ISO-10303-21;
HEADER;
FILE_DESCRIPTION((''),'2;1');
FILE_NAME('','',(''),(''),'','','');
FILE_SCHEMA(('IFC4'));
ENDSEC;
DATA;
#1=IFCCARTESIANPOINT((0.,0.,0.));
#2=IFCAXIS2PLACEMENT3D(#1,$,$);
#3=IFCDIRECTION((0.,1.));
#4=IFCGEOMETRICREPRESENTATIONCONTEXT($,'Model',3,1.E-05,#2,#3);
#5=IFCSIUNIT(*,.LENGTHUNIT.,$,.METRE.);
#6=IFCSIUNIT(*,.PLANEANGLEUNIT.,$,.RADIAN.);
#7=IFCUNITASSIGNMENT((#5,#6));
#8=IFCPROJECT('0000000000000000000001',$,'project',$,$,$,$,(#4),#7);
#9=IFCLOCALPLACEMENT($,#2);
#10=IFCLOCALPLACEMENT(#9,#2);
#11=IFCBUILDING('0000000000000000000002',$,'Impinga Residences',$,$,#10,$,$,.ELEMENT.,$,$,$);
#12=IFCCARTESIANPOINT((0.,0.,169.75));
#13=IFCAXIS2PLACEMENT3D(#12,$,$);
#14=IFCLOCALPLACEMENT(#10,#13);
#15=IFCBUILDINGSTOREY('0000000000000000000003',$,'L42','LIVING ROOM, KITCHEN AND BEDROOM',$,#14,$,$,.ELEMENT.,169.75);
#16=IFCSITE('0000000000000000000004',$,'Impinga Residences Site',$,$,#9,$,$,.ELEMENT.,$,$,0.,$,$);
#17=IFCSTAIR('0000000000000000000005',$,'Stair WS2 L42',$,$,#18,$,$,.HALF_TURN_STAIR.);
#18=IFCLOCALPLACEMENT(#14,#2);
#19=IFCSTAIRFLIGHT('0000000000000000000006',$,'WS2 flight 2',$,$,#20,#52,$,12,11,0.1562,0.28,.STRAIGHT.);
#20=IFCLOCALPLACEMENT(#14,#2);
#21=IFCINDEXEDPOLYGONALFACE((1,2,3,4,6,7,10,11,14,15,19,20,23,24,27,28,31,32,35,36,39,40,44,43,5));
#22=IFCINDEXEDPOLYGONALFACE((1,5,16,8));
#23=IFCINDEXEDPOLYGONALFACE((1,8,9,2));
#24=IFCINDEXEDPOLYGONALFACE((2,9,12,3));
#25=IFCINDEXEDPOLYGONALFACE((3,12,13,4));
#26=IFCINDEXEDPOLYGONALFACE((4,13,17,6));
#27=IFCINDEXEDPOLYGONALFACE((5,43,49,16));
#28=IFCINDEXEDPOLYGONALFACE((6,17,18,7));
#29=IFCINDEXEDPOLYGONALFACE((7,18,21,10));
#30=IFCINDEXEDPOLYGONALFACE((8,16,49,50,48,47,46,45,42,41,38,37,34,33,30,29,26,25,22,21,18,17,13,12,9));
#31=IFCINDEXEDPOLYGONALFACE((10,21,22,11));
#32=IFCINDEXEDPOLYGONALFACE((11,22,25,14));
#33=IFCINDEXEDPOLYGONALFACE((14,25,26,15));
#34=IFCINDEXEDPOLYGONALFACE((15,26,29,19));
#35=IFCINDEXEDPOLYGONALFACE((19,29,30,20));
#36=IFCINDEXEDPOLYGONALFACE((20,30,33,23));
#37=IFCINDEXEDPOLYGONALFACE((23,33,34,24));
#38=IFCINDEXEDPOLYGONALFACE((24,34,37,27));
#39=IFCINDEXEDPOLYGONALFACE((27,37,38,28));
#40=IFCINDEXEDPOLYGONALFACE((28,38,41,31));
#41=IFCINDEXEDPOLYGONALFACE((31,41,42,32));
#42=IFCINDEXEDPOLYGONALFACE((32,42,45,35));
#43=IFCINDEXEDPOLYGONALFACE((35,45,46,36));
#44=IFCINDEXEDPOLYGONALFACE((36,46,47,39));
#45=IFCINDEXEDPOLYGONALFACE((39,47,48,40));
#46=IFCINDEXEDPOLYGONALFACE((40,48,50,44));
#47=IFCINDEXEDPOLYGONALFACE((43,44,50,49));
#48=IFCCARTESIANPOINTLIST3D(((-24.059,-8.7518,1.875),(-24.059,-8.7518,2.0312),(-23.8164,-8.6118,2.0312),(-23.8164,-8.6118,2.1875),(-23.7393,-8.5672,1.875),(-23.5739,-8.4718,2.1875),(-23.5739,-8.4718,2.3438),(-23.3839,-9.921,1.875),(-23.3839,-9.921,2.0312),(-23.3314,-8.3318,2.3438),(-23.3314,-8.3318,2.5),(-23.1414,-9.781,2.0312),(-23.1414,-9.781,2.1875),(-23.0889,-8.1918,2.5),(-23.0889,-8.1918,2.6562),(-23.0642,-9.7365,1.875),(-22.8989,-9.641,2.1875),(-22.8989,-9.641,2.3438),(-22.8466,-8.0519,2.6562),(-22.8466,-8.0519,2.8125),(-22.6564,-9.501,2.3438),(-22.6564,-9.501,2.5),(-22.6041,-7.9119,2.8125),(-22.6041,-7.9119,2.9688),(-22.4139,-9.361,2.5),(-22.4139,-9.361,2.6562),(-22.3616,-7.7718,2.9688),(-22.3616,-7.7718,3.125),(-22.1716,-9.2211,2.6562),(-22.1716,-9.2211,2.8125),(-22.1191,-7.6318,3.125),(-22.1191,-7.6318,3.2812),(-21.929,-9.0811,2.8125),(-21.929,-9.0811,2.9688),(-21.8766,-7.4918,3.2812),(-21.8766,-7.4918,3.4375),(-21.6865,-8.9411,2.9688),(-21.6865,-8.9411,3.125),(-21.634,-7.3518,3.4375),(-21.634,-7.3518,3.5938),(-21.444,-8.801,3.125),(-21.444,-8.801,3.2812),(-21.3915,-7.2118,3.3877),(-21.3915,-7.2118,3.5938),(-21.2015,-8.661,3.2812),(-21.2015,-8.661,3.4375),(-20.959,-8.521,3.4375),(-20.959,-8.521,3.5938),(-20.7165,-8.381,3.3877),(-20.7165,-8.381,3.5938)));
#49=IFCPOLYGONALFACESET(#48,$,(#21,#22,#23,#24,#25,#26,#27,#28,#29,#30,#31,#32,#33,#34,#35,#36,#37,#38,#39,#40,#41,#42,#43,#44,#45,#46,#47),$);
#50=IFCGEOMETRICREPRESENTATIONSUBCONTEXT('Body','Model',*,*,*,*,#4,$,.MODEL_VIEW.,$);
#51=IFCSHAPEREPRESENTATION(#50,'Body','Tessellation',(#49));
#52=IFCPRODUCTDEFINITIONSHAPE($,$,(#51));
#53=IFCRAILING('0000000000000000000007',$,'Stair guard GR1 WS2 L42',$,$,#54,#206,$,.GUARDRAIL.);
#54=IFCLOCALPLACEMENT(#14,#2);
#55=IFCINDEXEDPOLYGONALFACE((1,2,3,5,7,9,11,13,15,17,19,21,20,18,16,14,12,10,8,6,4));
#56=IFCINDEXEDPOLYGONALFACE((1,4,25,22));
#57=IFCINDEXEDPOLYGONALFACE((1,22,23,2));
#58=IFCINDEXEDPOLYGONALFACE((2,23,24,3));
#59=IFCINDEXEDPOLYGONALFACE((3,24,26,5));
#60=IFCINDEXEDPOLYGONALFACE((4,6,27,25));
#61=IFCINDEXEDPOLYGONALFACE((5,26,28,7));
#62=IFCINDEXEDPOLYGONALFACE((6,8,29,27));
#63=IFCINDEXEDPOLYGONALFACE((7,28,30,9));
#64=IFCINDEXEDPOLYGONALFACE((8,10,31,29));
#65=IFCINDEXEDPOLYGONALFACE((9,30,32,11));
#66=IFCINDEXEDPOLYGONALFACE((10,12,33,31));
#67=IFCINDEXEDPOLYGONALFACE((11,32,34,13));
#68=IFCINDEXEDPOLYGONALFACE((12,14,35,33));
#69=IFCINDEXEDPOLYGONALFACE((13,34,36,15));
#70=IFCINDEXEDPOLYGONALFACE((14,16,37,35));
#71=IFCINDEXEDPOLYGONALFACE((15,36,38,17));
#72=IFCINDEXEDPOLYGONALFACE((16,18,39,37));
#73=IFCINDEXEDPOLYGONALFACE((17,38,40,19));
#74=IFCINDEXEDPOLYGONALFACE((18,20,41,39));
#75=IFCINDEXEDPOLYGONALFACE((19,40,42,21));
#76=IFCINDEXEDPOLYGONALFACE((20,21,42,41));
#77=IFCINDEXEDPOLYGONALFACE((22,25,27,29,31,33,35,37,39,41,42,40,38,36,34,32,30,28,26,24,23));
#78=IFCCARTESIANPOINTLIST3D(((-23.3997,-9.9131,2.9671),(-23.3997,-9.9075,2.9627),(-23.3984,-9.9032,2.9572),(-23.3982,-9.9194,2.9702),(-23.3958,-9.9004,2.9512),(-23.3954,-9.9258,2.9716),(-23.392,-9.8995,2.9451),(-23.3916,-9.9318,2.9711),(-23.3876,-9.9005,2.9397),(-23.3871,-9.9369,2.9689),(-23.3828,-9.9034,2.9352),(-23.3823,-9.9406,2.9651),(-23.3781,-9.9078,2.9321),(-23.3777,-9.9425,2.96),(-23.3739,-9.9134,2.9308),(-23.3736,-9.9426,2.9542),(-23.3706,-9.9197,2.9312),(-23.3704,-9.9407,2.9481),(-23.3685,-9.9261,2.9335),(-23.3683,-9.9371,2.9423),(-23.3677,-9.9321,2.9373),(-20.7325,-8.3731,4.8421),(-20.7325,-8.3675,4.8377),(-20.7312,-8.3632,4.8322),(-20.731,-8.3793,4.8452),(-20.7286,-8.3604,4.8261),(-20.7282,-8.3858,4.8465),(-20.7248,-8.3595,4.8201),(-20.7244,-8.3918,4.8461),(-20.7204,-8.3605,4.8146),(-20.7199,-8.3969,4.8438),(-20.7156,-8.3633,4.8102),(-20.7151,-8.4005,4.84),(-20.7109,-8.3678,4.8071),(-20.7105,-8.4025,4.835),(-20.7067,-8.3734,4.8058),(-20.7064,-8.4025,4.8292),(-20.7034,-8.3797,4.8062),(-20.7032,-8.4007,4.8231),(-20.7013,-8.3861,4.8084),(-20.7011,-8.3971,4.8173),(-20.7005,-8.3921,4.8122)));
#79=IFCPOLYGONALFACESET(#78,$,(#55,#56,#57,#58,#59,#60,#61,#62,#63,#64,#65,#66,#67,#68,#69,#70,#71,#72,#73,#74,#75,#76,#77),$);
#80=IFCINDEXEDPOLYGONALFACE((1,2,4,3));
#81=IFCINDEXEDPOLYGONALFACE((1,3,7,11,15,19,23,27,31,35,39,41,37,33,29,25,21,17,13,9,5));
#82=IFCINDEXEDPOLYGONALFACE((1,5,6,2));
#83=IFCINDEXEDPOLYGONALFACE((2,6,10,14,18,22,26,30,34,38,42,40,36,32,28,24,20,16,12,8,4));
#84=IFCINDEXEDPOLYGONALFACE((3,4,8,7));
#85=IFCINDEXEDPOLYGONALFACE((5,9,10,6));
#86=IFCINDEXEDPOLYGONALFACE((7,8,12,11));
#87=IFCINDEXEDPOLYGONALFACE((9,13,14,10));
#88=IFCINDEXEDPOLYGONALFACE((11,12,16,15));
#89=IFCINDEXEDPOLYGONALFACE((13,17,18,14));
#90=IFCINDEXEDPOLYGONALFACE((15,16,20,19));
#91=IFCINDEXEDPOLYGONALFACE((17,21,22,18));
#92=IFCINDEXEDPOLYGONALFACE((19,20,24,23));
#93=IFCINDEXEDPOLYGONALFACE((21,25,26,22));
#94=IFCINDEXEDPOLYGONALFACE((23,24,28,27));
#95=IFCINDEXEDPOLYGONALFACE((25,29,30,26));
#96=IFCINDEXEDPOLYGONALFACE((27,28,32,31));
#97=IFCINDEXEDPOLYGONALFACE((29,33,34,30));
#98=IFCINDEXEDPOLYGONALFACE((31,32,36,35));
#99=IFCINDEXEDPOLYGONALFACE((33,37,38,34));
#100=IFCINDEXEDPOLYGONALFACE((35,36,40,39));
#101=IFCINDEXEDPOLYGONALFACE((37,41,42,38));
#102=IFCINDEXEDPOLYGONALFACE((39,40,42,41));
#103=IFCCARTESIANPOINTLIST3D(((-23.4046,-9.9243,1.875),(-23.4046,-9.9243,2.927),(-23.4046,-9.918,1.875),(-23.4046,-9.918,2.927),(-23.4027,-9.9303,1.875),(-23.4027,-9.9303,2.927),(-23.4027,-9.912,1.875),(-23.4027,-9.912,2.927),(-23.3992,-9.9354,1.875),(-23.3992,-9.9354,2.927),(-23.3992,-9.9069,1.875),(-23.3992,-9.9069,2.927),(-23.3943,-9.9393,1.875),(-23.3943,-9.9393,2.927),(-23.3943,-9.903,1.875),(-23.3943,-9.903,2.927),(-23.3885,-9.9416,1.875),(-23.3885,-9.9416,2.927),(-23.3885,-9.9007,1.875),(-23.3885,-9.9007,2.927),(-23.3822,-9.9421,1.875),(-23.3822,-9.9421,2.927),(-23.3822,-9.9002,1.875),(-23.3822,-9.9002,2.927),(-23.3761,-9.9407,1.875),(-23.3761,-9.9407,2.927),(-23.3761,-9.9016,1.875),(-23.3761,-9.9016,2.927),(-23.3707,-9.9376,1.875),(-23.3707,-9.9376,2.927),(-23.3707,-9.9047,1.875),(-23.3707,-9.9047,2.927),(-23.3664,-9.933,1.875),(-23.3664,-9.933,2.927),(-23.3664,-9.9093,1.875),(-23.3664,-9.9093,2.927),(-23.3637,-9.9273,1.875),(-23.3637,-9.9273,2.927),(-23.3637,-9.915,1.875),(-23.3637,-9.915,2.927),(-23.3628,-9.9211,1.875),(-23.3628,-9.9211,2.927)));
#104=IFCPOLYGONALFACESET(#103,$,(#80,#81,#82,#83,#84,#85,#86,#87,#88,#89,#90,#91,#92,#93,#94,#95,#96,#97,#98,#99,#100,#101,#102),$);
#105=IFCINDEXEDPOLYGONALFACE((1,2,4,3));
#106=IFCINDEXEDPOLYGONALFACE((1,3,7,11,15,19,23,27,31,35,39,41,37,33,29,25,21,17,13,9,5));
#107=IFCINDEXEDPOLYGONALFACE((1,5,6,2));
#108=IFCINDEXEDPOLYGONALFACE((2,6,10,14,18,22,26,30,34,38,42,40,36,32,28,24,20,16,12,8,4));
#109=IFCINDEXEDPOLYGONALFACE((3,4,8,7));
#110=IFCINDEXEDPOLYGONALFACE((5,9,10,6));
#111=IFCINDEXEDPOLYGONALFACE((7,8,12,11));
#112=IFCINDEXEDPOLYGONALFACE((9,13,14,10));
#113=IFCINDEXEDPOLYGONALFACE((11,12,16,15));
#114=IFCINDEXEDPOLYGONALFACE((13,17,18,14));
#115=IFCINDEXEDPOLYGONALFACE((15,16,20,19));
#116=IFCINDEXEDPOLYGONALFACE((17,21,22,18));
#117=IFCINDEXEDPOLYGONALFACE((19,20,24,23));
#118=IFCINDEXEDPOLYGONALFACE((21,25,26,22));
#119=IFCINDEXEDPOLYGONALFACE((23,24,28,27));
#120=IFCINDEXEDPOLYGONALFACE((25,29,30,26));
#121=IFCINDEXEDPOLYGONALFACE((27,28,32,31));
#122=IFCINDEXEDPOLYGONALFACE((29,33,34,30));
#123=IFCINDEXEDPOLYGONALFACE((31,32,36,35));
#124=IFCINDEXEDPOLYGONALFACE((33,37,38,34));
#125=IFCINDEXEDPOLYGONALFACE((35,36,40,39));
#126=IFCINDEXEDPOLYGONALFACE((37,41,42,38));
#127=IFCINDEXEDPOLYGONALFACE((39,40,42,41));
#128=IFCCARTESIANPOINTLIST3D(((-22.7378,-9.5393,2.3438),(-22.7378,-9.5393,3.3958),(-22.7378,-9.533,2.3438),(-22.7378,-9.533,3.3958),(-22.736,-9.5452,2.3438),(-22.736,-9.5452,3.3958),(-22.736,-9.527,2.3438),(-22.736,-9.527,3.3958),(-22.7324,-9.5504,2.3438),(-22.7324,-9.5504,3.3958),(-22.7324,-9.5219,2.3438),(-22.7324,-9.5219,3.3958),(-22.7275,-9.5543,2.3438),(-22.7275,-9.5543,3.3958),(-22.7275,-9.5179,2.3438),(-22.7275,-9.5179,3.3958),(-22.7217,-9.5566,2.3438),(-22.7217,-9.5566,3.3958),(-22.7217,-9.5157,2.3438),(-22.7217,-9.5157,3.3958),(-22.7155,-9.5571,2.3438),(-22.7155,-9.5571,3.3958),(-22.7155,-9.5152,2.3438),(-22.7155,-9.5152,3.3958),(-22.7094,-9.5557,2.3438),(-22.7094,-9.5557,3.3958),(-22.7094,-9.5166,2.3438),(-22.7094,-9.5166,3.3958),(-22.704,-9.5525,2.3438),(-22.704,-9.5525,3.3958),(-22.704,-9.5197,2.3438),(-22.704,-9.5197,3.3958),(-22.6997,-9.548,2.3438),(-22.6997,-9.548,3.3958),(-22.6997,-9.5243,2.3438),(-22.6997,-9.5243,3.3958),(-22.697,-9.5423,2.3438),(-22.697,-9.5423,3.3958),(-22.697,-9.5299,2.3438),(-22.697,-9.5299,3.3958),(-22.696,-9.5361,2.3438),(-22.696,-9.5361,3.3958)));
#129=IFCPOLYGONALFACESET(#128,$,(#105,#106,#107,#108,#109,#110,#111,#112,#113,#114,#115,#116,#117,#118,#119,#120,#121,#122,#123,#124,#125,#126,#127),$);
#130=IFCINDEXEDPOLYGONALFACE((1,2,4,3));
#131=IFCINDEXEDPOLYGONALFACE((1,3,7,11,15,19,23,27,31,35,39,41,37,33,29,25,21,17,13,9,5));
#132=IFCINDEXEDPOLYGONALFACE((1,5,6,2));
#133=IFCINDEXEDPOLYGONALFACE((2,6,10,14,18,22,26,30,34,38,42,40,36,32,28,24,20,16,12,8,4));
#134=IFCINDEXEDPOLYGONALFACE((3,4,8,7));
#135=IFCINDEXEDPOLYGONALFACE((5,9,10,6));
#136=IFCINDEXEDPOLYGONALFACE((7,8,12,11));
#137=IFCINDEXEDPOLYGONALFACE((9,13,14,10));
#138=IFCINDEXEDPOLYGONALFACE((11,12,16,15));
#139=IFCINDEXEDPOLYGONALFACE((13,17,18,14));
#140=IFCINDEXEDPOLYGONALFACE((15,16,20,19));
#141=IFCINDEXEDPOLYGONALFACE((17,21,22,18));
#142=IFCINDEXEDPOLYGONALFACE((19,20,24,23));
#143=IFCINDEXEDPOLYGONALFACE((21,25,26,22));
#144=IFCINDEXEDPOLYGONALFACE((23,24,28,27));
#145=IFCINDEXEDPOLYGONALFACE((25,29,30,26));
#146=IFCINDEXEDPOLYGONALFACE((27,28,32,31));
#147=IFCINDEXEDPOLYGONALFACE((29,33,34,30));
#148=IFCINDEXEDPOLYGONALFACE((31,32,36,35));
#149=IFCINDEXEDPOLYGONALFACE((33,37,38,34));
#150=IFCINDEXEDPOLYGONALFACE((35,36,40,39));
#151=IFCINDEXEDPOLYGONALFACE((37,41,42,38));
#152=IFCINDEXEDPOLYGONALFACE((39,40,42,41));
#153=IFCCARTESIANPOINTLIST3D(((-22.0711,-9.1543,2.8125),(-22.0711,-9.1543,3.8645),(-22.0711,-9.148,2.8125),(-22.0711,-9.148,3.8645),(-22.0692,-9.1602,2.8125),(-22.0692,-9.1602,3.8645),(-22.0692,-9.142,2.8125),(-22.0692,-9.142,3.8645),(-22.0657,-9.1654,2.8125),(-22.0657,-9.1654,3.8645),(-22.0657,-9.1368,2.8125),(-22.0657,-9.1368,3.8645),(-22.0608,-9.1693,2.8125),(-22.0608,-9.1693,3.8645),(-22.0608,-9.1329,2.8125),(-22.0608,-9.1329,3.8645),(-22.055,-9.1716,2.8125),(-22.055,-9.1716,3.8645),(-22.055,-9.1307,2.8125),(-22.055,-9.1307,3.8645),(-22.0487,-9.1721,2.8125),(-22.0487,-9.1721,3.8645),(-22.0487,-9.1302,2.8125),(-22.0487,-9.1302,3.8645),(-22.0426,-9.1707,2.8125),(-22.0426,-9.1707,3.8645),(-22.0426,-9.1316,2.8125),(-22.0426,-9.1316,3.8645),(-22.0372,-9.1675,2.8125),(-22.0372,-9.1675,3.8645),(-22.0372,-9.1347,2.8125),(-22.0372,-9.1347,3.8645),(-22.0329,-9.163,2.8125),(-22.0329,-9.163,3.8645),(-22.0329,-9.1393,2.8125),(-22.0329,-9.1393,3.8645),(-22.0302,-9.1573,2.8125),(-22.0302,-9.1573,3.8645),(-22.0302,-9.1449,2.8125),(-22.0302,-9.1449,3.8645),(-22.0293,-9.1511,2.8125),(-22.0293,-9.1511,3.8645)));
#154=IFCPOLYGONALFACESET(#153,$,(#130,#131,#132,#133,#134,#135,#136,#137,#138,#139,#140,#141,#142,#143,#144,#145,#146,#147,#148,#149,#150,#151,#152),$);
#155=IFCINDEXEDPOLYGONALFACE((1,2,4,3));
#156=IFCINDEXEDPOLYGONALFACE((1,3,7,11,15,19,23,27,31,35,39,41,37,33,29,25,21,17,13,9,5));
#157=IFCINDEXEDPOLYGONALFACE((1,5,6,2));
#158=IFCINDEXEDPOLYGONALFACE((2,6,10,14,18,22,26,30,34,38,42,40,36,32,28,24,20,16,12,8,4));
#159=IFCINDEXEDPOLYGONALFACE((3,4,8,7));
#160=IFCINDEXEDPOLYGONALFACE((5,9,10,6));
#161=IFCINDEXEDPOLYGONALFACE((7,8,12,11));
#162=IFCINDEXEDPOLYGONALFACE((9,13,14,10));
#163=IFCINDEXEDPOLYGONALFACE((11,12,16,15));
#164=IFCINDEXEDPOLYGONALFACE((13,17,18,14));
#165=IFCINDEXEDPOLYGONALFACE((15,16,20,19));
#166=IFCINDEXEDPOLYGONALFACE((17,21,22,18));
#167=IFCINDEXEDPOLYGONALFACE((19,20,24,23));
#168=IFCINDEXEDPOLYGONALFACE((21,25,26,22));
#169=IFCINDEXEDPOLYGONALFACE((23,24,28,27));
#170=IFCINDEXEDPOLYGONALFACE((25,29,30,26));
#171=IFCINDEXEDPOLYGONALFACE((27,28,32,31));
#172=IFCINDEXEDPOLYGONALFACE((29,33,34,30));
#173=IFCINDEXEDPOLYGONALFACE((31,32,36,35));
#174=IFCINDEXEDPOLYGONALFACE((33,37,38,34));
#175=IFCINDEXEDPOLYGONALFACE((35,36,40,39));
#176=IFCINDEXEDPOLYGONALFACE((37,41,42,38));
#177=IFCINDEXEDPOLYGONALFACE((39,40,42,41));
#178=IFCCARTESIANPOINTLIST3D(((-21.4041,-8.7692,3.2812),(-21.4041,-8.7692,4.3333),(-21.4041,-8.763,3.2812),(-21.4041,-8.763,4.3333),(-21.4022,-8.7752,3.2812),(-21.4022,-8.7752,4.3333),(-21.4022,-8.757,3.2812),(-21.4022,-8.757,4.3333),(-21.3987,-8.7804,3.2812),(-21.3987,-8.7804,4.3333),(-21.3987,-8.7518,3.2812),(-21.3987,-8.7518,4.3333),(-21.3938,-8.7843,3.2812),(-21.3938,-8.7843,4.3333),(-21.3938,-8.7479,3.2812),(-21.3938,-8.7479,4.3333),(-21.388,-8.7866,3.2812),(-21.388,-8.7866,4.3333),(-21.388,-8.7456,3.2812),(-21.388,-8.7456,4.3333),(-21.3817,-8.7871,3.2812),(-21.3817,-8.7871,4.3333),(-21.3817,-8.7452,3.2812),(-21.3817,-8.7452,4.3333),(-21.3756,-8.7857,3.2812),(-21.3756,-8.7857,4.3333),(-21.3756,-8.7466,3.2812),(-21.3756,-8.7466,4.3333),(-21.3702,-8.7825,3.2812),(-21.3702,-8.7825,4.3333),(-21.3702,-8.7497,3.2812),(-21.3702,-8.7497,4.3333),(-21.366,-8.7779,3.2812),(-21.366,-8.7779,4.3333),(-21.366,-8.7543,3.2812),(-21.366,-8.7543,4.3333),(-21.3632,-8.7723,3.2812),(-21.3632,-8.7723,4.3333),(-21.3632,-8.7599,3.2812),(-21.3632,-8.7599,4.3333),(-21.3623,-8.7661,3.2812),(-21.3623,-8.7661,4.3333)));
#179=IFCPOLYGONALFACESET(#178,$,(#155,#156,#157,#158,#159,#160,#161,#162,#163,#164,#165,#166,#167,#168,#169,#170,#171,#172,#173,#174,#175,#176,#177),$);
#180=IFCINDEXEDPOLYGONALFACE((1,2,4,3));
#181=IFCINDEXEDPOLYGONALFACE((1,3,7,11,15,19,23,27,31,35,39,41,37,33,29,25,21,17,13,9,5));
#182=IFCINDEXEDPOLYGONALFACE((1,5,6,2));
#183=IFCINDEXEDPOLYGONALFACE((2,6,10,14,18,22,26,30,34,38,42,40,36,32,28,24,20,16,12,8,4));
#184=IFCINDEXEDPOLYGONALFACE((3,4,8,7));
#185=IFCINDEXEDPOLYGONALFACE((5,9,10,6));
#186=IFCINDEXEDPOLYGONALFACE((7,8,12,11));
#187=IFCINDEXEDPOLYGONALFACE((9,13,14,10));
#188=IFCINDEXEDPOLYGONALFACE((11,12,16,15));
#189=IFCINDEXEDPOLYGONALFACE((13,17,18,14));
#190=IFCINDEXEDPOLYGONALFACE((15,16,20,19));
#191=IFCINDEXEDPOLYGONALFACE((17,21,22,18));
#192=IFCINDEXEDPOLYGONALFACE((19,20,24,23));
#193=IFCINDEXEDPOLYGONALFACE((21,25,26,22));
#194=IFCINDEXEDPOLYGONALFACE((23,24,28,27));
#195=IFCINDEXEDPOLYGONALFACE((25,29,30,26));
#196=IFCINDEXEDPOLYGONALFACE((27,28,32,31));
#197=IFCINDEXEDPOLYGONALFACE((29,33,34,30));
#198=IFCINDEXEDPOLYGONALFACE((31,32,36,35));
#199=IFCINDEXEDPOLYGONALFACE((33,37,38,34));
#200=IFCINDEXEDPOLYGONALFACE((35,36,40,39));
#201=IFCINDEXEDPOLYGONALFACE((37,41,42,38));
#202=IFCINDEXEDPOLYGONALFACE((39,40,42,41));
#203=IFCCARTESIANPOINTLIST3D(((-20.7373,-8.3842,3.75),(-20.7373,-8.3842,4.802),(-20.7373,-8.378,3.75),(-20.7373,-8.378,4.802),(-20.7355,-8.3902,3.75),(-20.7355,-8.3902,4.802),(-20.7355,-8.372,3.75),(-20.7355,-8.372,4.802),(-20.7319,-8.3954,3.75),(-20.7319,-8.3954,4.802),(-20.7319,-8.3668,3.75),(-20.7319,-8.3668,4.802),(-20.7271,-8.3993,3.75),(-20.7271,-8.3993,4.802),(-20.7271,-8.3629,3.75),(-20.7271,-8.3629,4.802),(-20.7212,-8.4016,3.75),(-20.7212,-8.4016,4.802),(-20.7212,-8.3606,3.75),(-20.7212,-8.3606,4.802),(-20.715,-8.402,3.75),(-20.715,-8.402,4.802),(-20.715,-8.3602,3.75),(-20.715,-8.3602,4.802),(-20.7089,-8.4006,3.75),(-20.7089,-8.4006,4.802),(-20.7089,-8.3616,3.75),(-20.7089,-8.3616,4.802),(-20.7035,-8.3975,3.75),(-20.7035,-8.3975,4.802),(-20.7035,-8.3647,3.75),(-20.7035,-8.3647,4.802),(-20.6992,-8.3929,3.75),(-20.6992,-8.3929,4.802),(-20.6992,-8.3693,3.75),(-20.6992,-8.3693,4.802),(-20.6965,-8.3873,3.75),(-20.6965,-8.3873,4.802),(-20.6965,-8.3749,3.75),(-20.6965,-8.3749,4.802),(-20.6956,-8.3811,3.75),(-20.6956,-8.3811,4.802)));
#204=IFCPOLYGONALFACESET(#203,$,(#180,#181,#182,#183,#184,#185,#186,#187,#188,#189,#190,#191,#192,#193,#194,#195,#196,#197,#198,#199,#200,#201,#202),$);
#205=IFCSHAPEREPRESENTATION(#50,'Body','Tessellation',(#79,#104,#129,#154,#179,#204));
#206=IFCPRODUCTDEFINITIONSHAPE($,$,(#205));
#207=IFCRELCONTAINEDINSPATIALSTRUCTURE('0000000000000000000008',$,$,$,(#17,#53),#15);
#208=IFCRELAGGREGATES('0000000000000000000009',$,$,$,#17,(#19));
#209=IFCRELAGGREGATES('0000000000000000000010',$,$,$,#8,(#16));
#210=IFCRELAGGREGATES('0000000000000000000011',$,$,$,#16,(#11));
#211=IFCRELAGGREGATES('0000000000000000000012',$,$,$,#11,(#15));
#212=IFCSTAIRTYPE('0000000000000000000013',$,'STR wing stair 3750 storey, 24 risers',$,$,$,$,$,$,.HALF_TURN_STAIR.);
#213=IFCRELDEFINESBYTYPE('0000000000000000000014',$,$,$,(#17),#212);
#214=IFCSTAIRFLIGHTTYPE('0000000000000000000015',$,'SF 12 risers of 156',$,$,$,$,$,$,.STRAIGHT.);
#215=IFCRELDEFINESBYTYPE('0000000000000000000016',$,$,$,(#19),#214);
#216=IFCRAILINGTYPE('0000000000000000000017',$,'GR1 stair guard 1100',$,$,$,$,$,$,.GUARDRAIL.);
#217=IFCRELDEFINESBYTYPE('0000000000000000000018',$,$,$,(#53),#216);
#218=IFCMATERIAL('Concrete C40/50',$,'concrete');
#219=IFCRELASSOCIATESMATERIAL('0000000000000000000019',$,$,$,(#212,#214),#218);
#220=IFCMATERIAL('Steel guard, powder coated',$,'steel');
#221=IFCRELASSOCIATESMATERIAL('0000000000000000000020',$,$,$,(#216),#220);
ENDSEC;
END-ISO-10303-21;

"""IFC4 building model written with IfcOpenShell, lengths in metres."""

from ifc_helpers import new_model, si_unit, direction, frame, origin, origin_2d, place, context, subcontext, project, spatial, polyline, circle, outline, extrude, material, type_object, element, aggregate, save


model = new_model("IFC4")

# Units and contexts
model_context = context("Model", 3, precision=1e-05, world=origin(), true_north=direction((0.0, 1.0)))
body_context = subcontext(model_context, "Body", "Model", "MODEL_VIEW")
ifc_project = project(units=[si_unit("LENGTHUNIT", "METRE"), si_unit("PLANEANGLEUNIT", "RADIAN")], contexts=[model_context])

# Site, building, storey
site_placement = place(None, origin())
site = spatial("IfcSite", under=ifc_project, at=site_placement, Name="Impinga Residences Site", CompositionType="ELEMENT", RefElevation=0.0)
building_placement = place(site_placement, origin())
building = spatial("IfcBuilding", under=site, at=building_placement, Name="Impinga Residences", CompositionType="ELEMENT")
storey_placement = place(building_placement, frame((0.0, 0.0, 169.75)))
storey = spatial("IfcBuildingStorey", under=building, at=storey_placement, Name="L42", Description="LIVING ROOM, KITCHEN AND BEDROOM", CompositionType="ELEMENT", Elevation=169.75)

# Stair, stair flight
ifc_material_1 = material(Name="Concrete C40/50", Category="concrete")
stair_type = type_object("IfcStairType", Name="STR wing stair 3750 storey, 24 risers", PredefinedType="HALF_TURN_STAIR", material=ifc_material_1)
stair_placement = place(storey_placement, origin())
stair = element("IfcStair", 1, at=stair_placement, inside=storey, type_object=stair_type, Name="Stair WS2 L42", PredefinedType="HALF_TURN_STAIR")
stair_flight_type = type_object("IfcStairFlightType", Name="SF 12 risers of 156", PredefinedType="STRAIGHT", material=ifc_material_1)
stair_flight_placement = place(storey_placement, frame((-23.7214, -9.3364, 1.875), z_axis=(0.0, 0.0, 1.0), x_axis=(0.866025, 0.5, 0.0)))
stair_flight = element("IfcStairFlight", 2, at=stair_flight_placement, type_object=stair_flight_type, Name="WS2 flight 2", NumberOfRisers=12, NumberOfTreads=11, PredefinedType="STRAIGHT", RiserHeight=0.1562, TreadLength=0.28, context=body_context, shape_type="SweptSolid", body=[
    extrude(outline(polyline([(0.0, 0.0), (0.0, 0.1562), (0.28, 0.1562), (0.28, 0.3125), (0.5601, 0.3125), (0.5601, 0.4688), (0.8401, 0.4688), (0.8401, 0.625), (1.1201, 0.625), (1.1201, 0.7812), (1.3999, 0.7812), (1.3999, 0.9375), (1.6799, 0.9375), (1.6799, 1.0938), (1.96, 1.0938), (1.96, 1.25), (2.24, 1.25), (2.24, 1.4062), (2.52, 1.4062), (2.52, 1.5625), (2.8, 1.5625), (2.8, 1.7188), (3.0801, 1.7188), (3.0801, 1.875), (3.0801, 1.5127), (0.3691, 0.0), (0.0, 0.0)])), frame((0.0, 0.675, 0.0), z_axis=(0.0, -1.0, 0.0), x_axis=(1.0, 0.0, 0.0)), (0.0, 0.0, 1.0), 1.3501),
])
aggregate(stair, [stair_flight])

# Railing
ifc_material_2 = material(Name="Steel guard, powder coated", Category="steel")
railing_type_1 = type_object("IfcRailingType", Name="GR1 stair guard 1100", PredefinedType="GUARDRAIL", material=ifc_material_2)
railing_1_placement = place(storey_placement, frame((-23.3838, -9.9211, 1.875)))
element("IfcRailing", 3, at=railing_1_placement, inside=storey, type_object=railing_type_1, Name="Stair guard GR1 WS2 L42", PredefinedType="GUARDRAIL", context=body_context, shape_type="SweptSolid", body=[
    extrude(circle(Radius=0.0239, at=origin_2d()), frame((0.0, 0.0, 1.0762), z_axis=(0.739716, 0.427105, 0.520002), x_axis=(-0.500027, 0.86601, 0.0)), (0.0, 0.0, 1.0), 3.6057),
    extrude(circle(Radius=0.021, at=origin_2d()), origin(), (0.0, 0.0, 1.0), 1.052),
    extrude(circle(Radius=0.021, at=origin_2d()), frame((0.6667, 0.385, 0.4688)), (0.0, 0.0, 1.0), 1.052),
    extrude(circle(Radius=0.021, at=origin_2d()), frame((1.3335, 0.77, 0.9375)), (0.0, 0.0, 1.0), 1.052),
    extrude(circle(Radius=0.021, at=origin_2d()), frame((2.0005, 1.155, 1.4062)), (0.0, 0.0, 1.0), 1.052),
    extrude(circle(Radius=0.021, at=origin_2d()), frame((2.6672, 1.54, 1.875)), (0.0, 0.0, 1.0), 1.052),
])

save(model, "model.ifc")
